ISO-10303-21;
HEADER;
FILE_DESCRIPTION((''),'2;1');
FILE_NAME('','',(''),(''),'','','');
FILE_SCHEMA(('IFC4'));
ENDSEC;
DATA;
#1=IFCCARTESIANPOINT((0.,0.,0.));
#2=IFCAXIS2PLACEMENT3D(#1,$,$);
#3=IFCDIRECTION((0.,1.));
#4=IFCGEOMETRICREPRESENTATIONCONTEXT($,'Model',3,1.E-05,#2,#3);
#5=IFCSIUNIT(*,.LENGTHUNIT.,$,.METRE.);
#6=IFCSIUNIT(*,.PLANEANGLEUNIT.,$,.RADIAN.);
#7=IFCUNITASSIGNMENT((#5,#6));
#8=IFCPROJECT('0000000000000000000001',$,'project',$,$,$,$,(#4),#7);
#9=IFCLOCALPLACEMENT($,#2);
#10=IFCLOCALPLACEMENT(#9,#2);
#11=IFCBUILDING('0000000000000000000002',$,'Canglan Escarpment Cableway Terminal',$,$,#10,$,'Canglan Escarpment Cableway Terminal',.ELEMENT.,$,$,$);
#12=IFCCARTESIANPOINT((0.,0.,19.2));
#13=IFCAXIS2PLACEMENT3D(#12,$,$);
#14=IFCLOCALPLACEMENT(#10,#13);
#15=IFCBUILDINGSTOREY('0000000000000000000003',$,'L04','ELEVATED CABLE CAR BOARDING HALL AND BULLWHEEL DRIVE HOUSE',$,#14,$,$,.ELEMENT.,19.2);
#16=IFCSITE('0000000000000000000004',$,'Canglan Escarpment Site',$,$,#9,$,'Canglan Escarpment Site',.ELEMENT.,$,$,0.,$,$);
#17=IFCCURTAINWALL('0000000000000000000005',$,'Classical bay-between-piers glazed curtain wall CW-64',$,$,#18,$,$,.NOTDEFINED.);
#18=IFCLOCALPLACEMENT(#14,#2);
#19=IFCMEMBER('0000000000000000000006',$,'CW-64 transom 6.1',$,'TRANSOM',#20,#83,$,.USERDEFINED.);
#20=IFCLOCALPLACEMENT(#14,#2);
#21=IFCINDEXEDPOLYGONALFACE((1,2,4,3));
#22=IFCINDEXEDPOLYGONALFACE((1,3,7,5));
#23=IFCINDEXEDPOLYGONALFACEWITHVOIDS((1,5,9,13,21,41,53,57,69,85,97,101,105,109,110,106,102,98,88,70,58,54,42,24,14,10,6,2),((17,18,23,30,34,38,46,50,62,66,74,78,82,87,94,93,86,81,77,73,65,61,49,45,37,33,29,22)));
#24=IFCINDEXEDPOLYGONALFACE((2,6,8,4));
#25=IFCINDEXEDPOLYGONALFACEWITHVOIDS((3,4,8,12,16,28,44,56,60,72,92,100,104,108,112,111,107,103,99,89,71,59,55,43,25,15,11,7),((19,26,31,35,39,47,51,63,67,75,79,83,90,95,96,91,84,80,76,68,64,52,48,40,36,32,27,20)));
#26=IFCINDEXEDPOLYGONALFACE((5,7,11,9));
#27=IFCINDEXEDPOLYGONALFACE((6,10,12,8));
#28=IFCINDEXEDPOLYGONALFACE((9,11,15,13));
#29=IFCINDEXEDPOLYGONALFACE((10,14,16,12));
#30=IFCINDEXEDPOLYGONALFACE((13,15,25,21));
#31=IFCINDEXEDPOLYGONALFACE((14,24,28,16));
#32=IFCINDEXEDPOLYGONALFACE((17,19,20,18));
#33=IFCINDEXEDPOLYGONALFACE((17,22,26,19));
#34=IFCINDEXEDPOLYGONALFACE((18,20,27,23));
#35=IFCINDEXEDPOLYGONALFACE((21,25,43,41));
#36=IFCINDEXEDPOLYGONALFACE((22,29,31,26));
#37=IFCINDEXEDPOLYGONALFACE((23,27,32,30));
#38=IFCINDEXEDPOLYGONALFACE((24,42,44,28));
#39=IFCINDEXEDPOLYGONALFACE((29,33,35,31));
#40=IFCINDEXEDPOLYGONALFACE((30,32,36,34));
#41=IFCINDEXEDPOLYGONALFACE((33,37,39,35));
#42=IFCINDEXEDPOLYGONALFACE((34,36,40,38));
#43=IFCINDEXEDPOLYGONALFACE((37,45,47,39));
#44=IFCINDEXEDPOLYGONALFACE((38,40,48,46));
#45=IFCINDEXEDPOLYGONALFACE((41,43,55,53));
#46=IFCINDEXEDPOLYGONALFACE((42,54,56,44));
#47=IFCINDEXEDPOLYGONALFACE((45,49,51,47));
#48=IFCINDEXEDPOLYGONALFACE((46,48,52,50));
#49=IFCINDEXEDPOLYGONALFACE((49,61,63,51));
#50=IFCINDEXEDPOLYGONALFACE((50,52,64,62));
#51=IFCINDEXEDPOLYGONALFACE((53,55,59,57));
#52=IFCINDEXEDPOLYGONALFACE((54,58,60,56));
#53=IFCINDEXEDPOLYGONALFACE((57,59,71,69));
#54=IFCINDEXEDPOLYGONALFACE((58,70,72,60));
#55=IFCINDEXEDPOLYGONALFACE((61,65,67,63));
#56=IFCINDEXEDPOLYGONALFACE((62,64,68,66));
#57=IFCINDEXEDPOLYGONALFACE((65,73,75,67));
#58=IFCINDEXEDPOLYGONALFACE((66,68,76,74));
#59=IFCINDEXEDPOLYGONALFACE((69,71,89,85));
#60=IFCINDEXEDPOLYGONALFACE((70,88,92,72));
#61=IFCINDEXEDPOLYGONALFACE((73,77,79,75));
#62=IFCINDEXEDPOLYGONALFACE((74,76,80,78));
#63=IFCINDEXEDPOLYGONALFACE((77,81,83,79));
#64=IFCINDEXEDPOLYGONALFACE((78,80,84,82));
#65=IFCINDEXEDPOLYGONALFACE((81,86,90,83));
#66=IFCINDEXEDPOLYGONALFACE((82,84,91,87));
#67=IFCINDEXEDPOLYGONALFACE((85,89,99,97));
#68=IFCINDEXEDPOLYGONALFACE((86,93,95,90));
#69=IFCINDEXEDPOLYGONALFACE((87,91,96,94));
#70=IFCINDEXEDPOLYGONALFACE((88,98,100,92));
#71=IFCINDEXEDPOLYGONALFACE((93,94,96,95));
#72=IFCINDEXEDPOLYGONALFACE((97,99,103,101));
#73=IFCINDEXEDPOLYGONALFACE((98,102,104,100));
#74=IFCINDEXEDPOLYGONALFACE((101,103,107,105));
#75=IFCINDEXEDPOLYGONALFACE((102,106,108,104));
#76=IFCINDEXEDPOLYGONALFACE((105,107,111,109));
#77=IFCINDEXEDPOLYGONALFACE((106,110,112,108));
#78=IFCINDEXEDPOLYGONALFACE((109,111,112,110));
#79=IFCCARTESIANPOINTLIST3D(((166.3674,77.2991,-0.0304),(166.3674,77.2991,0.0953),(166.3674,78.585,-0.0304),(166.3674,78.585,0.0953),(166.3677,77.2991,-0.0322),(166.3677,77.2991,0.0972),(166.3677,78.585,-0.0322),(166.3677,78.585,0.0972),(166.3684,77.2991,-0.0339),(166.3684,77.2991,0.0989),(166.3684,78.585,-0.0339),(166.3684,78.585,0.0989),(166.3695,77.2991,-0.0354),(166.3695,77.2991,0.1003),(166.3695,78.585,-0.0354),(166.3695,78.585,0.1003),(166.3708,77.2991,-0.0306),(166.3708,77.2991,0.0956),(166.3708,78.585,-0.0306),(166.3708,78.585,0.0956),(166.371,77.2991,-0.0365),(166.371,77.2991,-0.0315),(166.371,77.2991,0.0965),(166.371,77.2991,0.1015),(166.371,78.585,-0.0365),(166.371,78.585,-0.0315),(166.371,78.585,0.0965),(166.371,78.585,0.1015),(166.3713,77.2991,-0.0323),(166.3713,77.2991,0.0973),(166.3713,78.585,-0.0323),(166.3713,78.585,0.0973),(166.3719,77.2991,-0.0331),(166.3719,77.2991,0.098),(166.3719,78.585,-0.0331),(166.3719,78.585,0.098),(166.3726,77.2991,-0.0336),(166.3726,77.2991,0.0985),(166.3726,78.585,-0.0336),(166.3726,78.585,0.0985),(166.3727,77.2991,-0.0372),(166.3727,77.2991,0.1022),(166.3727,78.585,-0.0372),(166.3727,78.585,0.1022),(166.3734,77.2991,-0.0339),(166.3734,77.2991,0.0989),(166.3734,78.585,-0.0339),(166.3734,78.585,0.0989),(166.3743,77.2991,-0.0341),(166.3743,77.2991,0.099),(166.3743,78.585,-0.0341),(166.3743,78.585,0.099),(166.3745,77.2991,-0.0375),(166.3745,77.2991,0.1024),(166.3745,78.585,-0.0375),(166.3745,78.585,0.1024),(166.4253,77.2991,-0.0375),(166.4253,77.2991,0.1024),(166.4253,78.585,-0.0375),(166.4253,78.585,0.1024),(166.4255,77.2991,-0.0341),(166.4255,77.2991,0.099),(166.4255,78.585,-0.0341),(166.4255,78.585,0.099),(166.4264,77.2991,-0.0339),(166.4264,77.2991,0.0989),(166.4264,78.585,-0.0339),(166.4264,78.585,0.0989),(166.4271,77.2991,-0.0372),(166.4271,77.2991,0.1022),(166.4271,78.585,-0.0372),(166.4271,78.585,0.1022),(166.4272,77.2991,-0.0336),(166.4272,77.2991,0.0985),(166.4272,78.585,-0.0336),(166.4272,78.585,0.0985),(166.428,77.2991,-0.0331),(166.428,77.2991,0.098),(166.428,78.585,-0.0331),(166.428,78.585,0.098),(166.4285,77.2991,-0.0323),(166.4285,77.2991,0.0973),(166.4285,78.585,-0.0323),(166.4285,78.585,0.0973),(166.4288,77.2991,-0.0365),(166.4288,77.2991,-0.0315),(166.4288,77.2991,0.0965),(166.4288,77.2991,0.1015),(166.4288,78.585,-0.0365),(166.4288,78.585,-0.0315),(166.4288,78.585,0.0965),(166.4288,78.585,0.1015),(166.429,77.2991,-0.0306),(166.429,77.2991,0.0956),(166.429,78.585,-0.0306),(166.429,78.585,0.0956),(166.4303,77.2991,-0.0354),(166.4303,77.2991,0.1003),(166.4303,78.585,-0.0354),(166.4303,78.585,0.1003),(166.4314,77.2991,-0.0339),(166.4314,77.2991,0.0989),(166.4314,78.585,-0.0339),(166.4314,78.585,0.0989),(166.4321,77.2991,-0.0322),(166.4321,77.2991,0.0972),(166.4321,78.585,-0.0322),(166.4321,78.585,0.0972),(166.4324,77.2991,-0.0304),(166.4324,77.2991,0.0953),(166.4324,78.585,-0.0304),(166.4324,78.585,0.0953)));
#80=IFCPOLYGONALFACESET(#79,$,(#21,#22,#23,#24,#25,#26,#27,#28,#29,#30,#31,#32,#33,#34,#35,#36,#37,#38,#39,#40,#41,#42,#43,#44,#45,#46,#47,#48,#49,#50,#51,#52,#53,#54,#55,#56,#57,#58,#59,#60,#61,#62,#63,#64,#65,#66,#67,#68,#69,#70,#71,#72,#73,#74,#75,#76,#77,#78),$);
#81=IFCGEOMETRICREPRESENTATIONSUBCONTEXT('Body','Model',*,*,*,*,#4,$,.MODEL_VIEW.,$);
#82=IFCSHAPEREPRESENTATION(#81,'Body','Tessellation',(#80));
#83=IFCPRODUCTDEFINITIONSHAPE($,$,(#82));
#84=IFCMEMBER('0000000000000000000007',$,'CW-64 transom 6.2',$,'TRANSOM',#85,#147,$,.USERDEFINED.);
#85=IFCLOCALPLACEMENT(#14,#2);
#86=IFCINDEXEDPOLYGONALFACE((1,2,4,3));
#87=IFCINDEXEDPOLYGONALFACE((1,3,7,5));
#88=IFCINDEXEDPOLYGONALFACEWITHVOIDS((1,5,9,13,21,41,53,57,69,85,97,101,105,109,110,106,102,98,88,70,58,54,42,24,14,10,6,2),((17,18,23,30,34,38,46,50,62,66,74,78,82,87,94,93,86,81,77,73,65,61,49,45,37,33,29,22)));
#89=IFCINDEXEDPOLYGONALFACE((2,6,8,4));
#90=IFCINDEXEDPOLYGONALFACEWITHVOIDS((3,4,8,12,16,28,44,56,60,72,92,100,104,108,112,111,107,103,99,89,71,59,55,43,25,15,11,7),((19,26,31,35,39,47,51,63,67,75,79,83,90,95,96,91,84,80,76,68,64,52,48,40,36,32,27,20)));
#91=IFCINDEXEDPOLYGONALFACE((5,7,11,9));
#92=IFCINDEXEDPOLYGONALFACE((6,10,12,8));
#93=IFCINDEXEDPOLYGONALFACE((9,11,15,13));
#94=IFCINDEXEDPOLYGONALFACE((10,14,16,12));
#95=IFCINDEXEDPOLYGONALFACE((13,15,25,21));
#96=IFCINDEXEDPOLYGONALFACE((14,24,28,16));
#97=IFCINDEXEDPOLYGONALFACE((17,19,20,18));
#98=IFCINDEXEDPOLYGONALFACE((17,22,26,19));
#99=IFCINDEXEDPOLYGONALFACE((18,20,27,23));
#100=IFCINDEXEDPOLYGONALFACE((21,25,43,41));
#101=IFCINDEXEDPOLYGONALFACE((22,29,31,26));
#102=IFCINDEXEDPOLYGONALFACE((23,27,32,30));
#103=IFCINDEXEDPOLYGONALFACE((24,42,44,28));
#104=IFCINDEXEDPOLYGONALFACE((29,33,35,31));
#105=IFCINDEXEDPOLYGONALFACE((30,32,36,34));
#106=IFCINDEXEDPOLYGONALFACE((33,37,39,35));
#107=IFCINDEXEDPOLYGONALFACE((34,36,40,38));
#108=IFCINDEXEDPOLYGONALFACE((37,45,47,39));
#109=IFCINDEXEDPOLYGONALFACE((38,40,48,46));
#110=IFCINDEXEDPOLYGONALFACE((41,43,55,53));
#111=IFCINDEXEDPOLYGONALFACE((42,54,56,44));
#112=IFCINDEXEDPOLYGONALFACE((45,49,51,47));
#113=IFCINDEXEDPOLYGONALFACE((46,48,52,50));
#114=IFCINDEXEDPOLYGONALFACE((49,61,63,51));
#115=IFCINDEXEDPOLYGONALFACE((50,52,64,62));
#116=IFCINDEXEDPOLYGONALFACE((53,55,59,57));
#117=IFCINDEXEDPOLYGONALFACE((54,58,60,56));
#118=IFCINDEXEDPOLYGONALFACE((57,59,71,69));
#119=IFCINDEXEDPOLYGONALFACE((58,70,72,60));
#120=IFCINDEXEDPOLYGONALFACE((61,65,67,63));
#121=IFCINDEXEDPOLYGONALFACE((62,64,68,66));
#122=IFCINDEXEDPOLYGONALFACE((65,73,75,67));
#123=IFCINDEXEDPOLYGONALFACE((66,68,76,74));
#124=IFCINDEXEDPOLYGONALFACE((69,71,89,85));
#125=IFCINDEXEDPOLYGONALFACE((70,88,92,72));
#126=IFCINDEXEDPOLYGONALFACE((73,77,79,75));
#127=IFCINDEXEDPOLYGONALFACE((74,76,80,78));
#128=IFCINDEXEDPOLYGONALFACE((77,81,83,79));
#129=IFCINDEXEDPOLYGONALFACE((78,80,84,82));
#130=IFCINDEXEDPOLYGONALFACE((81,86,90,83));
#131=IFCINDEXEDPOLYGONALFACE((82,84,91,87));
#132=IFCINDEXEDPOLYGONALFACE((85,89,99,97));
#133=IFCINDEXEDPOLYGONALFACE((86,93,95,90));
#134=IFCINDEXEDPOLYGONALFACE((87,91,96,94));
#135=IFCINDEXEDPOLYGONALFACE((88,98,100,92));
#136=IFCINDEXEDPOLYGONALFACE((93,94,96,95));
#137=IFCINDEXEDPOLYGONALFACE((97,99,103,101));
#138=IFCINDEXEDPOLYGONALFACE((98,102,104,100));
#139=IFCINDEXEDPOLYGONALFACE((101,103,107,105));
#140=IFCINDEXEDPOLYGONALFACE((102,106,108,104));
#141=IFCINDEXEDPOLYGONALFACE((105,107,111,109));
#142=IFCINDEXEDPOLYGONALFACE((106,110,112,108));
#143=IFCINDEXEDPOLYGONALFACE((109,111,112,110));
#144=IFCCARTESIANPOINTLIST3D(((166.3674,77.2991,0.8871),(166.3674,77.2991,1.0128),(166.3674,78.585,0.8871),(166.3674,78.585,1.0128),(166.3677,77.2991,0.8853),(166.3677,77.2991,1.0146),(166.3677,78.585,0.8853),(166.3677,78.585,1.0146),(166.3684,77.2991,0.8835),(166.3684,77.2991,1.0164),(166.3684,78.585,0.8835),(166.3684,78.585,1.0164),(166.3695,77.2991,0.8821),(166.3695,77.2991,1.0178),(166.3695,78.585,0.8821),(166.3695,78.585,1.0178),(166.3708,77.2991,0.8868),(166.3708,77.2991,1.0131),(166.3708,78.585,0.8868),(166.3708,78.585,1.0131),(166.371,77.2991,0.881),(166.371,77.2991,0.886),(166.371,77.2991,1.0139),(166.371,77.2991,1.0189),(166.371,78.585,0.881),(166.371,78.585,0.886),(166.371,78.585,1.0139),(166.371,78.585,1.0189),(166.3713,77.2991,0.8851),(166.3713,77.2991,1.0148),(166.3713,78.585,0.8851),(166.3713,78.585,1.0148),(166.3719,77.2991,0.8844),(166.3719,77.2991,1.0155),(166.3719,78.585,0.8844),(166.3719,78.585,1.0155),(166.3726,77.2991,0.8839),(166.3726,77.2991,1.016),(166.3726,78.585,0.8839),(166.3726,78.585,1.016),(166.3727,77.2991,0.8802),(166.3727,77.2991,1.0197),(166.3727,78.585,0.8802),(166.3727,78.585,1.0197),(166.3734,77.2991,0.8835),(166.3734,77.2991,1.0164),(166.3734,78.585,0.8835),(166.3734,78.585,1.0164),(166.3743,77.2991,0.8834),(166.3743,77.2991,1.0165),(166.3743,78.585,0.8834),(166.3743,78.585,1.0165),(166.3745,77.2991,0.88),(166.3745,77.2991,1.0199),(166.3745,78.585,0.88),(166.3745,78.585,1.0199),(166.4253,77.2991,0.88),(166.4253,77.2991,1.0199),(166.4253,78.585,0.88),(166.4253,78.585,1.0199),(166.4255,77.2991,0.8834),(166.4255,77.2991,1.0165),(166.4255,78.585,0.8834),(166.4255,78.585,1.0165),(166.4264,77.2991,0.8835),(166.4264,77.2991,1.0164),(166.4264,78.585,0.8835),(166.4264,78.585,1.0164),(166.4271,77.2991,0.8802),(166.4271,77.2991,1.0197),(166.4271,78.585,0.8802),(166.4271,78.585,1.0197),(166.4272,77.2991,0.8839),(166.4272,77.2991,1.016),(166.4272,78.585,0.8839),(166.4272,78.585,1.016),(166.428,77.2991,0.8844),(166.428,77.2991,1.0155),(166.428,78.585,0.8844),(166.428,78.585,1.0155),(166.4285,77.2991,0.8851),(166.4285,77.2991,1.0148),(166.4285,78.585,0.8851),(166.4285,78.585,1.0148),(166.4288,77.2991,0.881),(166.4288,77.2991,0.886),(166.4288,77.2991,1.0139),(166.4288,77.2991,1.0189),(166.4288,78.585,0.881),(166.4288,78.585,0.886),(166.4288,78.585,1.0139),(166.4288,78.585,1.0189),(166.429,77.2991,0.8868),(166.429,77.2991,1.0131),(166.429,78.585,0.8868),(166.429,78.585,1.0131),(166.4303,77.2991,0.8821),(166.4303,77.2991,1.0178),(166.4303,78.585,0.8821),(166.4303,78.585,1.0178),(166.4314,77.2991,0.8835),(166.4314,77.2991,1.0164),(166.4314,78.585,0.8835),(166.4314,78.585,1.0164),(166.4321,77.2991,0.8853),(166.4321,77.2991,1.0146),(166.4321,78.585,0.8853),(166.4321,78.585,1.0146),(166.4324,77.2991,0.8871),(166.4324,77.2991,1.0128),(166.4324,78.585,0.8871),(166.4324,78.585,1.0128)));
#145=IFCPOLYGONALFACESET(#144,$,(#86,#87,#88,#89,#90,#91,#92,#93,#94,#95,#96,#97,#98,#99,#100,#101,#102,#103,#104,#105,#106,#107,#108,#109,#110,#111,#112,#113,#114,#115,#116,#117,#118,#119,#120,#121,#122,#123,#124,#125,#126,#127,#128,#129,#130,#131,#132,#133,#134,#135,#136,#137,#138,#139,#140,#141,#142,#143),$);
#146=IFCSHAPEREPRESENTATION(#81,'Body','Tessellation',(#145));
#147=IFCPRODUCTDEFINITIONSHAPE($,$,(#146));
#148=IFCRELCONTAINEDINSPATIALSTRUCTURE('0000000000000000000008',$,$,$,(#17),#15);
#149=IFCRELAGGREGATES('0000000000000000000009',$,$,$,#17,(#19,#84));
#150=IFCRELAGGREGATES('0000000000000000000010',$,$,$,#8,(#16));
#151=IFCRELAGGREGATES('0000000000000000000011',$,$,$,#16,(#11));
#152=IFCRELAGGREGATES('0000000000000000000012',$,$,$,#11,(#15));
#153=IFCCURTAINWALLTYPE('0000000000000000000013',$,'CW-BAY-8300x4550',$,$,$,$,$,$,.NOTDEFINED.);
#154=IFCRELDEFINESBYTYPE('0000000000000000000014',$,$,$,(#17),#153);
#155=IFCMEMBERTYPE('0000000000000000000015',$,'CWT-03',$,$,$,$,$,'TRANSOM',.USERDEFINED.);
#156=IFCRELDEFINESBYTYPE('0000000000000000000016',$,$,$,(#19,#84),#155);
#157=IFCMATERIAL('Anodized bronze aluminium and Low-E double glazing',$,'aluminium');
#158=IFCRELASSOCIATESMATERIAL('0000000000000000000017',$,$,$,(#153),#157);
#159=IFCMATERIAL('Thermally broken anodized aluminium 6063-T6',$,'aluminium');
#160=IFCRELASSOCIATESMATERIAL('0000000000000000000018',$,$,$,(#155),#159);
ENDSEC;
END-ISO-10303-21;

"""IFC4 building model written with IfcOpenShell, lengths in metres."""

from ifc_helpers import new_model, si_unit, direction, frame, origin, origin_2d, place, context, subcontext, project, spatial, hollow_rectangle, extrude, material, material_profile, profile_set, type_object, element, aggregate, save


model = new_model("IFC4")

# Units and contexts
model_context = context("Model", 3, precision=1e-05, world=origin(), true_north=direction((0.0, 1.0)))
body_context = subcontext(model_context, "Body", "Model", "MODEL_VIEW")
ifc_project = project(units=[si_unit("LENGTHUNIT", "METRE"), si_unit("PLANEANGLEUNIT", "RADIAN")], contexts=[model_context])

# Site, building, storey
site_placement = place(None, origin())
site = spatial("IfcSite", under=ifc_project, at=site_placement, Name="Canglan Escarpment Site", LongName="Canglan Escarpment Site", CompositionType="ELEMENT", RefElevation=0.0)
building_placement = place(site_placement, origin())
building = spatial("IfcBuilding", under=site, at=building_placement, Name="Canglan Escarpment Cableway Terminal", LongName="Canglan Escarpment Cableway Terminal", CompositionType="ELEMENT")
storey_placement = place(building_placement, frame((0.0, 0.0, 19.2)))
storey = spatial("IfcBuildingStorey", under=building, at=storey_placement, Name="L04", Description="ELEVATED CABLE CAR BOARDING HALL AND BULLWHEEL DRIVE HOUSE", CompositionType="ELEMENT", Elevation=19.2)

# Curtain wall
ifc_material_1 = material(Name="Anodized bronze aluminium and Low-E double glazing", Category="aluminium")
curtain_wall_type = type_object("IfcCurtainWallType", Name="CW-BAY-8300x4550", PredefinedType="NOTDEFINED", material=ifc_material_1)
ifc_material_2 = material(Name="Thermally broken anodized aluminium 6063-T6", Category="aluminium")
curtain_wall_1_placement = place(storey_placement, origin())
curtain_wall_1 = element("IfcCurtainWall", 1, at=curtain_wall_1_placement, inside=storey, type_object=curtain_wall_type, Name="Classical bay-between-piers glazed curtain wall CW-64", PredefinedType="NOTDEFINED")

# Members
ifc_material_profile_1 = material_profile(ifc_material_2, hollow_rectangle(XDim=0.0649, YDim=0.1399, WallThickness=0.0034, InnerFilletRadius=0.0034, OuterFilletRadius=0.0071, at=origin_2d()), Name="ALU-TRAN 65x140x3.5")
ifc_profile_set_1 = profile_set([ifc_material_profile_1], Name="Thermally broken anodized aluminium 6063-T6")
member_type_1 = type_object("IfcMemberType", Name="CWT-03", ElementType="TRANSOM", PredefinedType="USERDEFINED", material=ifc_profile_set_1)
member_1_placement = place(storey_placement, frame((166.3999, 77.2991, 0.0325), z_axis=(0.0, 1.0, 0.0), x_axis=(-1.0, 0.0, 0.0)))
member_1 = element("IfcMember", 2, at=member_1_placement, type_object=member_type_1, Name="CW-64 transom 6.1", ObjectType="TRANSOM", PredefinedType="USERDEFINED", context=body_context, shape_type="SweptSolid", body=[
    extrude(hollow_rectangle(XDim=0.0649, YDim=0.1399, WallThickness=0.0034, InnerFilletRadius=0.0034, OuterFilletRadius=0.0071, at=origin_2d()), origin(), (0.0, 0.0, 1.0), 1.2859),
])
member_2_placement = place(storey_placement, frame((166.3999, 77.2991, 0.95), z_axis=(0.0, 1.0, 0.0), x_axis=(-1.0, 0.0, 0.0)))
member_2 = element("IfcMember", 3, at=member_2_placement, type_object=member_type_1, Name="CW-64 transom 6.2", ObjectType="TRANSOM", PredefinedType="USERDEFINED", context=body_context, shape_type="SweptSolid", body=[
    extrude(hollow_rectangle(XDim=0.0649, YDim=0.1399, WallThickness=0.0034, InnerFilletRadius=0.0034, OuterFilletRadius=0.0071, at=origin_2d()), origin(), (0.0, 0.0, 1.0), 1.2859),
])

aggregate(curtain_wall_1, [member_1, member_2])

save(model, "model.ifc")
